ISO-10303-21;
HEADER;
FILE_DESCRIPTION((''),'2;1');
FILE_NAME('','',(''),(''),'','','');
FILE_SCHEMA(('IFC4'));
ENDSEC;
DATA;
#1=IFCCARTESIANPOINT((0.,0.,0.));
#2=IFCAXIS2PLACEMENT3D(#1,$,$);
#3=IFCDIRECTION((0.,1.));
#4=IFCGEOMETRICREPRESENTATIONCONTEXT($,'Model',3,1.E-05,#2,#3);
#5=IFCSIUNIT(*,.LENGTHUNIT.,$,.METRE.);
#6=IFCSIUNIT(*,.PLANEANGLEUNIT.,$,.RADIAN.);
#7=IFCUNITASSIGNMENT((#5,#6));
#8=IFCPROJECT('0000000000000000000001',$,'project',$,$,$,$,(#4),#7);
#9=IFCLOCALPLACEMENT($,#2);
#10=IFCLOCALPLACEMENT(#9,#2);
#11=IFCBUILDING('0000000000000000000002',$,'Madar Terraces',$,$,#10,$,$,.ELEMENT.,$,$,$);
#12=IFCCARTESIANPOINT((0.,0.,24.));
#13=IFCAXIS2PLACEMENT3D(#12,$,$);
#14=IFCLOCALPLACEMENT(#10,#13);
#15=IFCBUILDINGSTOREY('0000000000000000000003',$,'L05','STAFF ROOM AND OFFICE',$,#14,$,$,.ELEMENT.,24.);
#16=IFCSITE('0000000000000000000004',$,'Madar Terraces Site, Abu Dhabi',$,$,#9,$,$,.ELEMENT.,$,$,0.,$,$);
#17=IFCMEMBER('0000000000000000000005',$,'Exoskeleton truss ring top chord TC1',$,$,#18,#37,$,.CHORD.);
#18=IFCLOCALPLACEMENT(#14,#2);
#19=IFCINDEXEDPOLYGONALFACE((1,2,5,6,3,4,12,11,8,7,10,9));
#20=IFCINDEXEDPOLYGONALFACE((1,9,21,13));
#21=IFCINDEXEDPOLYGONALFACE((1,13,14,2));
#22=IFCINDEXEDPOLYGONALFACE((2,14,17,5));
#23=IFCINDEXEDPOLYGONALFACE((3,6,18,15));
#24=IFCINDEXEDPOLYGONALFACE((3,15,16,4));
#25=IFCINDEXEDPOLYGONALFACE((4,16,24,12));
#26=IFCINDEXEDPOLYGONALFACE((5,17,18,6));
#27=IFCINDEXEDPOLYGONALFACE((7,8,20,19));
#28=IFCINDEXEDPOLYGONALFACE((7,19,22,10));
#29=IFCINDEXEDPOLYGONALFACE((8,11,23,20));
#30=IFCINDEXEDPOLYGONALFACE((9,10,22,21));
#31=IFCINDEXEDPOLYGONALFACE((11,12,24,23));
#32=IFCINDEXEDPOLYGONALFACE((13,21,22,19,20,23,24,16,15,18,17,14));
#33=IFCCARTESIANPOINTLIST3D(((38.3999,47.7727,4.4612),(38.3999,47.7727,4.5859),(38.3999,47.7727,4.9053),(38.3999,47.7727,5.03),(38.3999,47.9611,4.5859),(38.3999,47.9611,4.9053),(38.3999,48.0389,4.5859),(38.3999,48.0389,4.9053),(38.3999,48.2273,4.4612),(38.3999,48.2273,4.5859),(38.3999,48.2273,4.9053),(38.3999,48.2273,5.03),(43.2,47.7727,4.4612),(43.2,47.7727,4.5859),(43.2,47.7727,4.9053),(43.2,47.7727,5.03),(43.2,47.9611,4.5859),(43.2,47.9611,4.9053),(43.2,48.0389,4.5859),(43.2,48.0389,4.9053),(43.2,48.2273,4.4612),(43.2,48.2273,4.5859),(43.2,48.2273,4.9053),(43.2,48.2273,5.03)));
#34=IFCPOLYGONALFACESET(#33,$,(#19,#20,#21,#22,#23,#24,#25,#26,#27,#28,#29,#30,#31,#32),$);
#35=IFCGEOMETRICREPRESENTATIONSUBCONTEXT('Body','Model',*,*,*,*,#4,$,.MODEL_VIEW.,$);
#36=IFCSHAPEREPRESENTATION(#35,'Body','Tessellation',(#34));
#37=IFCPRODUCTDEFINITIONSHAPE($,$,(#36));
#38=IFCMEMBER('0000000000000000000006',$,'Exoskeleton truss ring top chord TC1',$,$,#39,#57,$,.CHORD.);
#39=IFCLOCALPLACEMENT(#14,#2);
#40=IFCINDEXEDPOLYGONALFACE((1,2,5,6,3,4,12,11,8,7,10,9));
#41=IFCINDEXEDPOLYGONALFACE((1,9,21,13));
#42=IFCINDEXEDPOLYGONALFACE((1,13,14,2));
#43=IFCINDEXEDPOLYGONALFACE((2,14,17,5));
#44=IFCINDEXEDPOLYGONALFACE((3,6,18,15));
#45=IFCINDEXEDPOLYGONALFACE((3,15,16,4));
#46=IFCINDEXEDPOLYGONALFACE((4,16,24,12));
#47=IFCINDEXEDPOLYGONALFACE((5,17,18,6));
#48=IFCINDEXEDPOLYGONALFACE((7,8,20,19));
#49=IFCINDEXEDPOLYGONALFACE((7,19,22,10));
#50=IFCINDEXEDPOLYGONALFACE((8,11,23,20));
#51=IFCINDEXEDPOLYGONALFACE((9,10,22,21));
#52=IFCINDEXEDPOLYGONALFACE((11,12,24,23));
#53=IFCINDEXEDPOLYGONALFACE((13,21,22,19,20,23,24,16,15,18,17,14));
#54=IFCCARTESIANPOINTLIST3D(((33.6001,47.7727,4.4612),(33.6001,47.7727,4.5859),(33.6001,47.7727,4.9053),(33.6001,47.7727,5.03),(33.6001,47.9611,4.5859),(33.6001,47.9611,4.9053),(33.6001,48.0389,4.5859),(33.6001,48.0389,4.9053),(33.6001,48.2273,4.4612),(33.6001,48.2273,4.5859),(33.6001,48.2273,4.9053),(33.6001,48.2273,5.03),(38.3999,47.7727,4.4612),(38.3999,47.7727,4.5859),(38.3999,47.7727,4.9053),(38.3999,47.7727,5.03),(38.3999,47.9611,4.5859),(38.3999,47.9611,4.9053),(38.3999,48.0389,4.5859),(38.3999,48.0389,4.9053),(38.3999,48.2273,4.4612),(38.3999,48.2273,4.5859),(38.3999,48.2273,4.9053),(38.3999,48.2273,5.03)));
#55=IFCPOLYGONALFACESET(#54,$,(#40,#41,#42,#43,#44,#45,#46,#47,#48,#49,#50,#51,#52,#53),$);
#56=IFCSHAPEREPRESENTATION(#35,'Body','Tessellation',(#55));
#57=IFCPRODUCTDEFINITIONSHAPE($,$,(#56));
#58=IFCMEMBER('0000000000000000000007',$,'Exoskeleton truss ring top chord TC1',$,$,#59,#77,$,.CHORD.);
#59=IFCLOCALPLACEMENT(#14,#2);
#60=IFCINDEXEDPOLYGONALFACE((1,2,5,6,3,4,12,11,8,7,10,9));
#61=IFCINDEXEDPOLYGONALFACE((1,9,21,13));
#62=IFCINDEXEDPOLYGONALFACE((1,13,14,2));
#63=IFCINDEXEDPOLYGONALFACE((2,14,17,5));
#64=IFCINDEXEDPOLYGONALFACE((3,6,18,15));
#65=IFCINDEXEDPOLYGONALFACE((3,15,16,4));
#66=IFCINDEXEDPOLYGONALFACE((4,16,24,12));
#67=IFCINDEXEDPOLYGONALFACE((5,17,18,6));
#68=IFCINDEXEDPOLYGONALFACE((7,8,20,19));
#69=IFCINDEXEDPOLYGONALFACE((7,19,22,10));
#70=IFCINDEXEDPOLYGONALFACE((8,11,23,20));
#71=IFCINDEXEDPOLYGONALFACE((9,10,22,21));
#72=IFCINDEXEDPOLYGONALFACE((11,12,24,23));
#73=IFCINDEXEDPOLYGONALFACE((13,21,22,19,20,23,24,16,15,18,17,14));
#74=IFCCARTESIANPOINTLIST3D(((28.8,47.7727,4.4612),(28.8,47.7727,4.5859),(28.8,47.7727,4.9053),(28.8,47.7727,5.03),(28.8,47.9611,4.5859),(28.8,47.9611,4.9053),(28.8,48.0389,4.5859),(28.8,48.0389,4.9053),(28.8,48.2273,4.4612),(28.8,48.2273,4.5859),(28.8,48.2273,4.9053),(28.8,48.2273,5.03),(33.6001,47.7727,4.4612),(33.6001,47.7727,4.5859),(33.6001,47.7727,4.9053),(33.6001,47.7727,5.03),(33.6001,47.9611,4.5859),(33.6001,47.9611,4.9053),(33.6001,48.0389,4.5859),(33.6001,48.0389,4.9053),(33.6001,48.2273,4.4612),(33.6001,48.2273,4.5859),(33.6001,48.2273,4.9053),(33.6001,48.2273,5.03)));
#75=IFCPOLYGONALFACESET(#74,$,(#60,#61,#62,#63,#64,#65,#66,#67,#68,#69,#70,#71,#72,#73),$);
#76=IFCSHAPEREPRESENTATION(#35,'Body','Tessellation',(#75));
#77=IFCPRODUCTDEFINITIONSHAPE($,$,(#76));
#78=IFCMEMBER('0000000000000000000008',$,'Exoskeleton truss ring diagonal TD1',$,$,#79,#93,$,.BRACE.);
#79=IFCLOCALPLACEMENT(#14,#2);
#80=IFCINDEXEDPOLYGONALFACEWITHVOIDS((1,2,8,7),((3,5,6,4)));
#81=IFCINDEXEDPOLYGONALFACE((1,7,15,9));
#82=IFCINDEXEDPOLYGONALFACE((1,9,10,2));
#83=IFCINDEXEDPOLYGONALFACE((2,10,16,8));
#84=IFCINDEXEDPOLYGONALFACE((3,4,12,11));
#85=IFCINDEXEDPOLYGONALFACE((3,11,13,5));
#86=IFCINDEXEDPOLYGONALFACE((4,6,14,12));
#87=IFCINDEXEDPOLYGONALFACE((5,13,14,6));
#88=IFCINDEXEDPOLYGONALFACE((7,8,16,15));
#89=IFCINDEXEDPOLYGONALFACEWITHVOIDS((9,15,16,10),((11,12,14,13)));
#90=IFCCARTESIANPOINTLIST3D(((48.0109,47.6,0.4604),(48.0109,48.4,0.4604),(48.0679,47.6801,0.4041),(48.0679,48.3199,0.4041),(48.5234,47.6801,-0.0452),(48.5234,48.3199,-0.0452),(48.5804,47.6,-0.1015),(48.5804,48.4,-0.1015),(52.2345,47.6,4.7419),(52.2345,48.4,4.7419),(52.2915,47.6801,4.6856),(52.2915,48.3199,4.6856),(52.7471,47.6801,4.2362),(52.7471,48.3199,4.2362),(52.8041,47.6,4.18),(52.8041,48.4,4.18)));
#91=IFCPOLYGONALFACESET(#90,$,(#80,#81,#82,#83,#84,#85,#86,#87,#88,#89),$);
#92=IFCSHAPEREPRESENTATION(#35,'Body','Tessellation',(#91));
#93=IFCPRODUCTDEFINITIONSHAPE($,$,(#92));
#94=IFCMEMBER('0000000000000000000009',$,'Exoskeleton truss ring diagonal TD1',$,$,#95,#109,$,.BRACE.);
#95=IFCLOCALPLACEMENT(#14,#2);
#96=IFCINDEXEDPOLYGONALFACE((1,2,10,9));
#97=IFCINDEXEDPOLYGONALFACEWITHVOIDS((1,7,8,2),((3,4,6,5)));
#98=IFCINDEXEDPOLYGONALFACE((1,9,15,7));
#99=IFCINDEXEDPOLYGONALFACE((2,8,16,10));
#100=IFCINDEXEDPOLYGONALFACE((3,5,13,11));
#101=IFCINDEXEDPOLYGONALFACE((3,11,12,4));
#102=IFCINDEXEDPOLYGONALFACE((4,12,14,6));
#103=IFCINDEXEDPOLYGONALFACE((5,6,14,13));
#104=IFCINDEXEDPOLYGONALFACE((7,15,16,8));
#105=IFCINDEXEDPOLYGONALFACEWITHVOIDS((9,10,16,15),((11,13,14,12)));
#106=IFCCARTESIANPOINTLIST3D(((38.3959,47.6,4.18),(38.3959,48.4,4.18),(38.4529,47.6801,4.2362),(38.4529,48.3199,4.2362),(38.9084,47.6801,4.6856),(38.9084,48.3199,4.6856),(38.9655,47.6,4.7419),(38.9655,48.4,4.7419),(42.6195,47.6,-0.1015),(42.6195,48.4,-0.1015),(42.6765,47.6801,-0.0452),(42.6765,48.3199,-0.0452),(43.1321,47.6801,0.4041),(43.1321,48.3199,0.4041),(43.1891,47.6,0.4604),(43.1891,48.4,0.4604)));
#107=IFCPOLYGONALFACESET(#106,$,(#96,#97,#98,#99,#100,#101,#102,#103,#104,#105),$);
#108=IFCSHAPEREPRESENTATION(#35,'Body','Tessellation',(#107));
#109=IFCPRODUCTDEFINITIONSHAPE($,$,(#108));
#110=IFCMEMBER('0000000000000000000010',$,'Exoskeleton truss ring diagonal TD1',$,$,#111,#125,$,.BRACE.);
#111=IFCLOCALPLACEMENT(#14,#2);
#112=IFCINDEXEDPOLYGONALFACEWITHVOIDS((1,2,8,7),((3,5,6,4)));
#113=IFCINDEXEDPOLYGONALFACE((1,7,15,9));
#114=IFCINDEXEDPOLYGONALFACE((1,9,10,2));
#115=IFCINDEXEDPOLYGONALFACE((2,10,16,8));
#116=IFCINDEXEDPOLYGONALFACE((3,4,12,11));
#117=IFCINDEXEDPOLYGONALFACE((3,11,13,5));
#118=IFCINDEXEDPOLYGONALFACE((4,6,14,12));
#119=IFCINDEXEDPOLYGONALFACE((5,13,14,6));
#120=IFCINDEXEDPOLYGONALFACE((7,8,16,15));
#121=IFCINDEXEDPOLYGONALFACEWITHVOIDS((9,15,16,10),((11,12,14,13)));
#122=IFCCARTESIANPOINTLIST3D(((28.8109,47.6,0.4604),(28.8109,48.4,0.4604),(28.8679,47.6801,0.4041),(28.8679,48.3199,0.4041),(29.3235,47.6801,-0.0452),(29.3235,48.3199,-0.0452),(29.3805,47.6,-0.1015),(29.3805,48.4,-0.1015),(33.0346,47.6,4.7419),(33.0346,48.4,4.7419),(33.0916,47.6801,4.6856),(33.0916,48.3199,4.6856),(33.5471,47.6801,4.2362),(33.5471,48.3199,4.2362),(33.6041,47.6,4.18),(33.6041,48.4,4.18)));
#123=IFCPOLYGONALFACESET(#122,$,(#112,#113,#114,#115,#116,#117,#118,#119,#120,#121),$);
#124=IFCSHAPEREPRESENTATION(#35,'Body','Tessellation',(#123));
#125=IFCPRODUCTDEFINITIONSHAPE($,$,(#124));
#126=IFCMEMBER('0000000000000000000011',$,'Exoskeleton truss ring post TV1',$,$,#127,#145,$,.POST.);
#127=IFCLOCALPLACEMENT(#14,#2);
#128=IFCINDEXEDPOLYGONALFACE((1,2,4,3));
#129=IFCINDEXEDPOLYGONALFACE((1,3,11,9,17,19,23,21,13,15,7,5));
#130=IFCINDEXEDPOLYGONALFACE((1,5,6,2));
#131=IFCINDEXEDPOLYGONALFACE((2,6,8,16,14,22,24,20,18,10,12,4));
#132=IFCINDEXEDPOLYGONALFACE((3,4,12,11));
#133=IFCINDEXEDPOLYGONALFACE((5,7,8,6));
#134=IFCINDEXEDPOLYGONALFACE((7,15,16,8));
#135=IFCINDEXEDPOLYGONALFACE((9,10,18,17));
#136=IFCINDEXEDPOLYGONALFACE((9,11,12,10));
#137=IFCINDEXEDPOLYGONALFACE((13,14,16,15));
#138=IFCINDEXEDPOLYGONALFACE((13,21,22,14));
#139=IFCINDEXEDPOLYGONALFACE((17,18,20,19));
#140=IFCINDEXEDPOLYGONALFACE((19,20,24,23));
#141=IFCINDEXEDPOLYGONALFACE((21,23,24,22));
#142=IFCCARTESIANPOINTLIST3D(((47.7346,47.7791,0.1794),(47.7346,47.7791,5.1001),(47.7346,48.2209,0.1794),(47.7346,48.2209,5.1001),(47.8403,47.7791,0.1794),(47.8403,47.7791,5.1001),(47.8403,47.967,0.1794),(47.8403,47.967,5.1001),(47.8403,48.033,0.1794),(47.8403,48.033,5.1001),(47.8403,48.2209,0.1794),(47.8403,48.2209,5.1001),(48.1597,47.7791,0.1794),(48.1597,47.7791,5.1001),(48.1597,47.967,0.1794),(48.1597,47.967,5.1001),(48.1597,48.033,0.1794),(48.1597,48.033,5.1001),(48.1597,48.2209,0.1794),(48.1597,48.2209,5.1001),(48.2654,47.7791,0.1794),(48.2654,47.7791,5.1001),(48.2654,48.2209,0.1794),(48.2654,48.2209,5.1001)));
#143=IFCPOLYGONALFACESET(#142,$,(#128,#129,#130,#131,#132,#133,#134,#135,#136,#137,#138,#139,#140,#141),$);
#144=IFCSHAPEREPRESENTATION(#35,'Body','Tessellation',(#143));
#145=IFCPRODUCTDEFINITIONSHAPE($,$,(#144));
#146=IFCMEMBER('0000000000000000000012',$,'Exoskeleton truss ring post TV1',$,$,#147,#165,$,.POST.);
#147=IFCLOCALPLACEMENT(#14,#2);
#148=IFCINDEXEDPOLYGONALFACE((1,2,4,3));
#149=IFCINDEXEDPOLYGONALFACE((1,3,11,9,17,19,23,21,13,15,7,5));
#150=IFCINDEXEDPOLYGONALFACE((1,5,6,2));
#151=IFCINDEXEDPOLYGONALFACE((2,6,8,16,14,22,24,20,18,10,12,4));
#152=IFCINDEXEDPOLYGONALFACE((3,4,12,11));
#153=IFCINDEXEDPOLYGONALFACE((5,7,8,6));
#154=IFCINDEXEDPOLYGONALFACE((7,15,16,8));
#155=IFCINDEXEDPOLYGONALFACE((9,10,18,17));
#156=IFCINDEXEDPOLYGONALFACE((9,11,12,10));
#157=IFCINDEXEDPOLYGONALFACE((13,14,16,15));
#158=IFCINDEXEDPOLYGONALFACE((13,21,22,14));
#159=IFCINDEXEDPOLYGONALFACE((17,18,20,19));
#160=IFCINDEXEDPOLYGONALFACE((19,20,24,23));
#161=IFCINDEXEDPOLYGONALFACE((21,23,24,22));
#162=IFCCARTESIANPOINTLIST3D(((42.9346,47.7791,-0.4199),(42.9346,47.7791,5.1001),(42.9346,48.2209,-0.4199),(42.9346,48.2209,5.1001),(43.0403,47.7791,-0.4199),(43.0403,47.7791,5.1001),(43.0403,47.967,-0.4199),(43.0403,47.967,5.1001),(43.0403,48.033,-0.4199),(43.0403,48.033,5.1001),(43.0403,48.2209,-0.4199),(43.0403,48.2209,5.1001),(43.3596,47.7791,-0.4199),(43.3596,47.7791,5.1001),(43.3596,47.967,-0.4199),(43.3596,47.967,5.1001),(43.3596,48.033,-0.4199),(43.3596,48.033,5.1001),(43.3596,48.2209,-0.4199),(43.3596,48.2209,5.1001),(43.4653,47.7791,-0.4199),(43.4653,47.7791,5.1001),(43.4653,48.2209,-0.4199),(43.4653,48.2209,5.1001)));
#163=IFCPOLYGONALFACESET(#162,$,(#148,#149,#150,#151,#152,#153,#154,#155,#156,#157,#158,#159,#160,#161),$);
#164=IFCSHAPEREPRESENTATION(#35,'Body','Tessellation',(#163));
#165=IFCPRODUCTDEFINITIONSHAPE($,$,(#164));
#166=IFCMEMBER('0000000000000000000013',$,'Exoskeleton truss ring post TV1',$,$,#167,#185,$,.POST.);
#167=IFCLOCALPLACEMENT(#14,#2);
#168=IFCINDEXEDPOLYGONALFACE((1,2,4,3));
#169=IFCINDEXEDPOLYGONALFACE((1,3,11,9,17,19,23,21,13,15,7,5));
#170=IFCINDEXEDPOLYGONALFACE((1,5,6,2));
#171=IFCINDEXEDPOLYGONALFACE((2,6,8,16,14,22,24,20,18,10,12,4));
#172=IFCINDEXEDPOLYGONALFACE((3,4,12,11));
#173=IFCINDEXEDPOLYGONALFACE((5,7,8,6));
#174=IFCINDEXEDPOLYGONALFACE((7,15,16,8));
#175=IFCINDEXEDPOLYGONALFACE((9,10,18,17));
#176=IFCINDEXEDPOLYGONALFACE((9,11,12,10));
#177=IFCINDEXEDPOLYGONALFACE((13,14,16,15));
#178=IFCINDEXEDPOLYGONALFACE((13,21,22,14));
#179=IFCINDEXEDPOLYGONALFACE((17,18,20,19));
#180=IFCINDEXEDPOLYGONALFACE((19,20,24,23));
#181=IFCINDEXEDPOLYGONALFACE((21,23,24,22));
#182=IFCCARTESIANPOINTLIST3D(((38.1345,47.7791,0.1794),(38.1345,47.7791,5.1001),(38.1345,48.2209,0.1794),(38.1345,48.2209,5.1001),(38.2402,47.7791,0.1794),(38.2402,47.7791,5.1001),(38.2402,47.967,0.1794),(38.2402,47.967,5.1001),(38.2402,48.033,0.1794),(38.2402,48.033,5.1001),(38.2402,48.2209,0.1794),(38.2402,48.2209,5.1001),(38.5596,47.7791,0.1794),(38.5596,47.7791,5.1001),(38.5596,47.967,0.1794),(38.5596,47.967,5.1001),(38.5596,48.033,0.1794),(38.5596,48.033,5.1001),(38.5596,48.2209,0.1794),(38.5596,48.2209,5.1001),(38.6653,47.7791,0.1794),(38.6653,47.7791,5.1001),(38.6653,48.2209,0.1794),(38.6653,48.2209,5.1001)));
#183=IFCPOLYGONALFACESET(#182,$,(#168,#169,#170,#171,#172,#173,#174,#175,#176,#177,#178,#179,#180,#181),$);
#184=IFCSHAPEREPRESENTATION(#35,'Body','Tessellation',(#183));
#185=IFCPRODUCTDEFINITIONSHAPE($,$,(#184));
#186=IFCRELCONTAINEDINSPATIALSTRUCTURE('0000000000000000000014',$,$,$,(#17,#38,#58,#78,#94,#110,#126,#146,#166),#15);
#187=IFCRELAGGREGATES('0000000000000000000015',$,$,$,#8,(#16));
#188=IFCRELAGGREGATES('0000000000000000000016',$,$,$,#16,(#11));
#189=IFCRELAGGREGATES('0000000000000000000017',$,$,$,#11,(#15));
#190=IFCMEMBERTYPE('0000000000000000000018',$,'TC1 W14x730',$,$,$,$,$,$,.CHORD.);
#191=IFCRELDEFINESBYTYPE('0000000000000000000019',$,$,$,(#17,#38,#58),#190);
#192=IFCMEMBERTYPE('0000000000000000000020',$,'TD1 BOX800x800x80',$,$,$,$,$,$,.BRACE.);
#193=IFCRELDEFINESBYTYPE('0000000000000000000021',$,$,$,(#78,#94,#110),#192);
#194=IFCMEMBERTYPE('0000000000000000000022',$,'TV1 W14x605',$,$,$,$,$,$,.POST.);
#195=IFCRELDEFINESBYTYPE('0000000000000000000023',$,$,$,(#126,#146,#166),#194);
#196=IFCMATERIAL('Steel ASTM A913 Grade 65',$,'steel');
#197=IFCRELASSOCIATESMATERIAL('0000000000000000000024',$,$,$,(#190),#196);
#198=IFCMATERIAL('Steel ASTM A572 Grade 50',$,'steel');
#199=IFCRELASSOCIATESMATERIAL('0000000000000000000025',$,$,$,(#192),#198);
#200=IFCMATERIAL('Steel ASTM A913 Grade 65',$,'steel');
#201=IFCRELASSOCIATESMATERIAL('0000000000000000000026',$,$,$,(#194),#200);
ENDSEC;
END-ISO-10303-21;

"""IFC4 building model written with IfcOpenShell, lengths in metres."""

from ifc_helpers import new_model, si_unit, direction, frame, origin, origin_2d, place, context, subcontext, project, spatial, hollow_rectangle, i_section, extrude, material, material_profile, profile_set, type_object, element, save


model = new_model("IFC4")

# Units and contexts
model_context = context("Model", 3, precision=1e-05, world=origin(), true_north=direction((0.0, 1.0)))
body_context = subcontext(model_context, "Body", "Model", "MODEL_VIEW")
ifc_project = project(units=[si_unit("LENGTHUNIT", "METRE"), si_unit("PLANEANGLEUNIT", "RADIAN")], contexts=[model_context])

# Site, building, storey
site_placement = place(None, origin())
site = spatial("IfcSite", under=ifc_project, at=site_placement, Name="Madar Terraces Site, Abu Dhabi", CompositionType="ELEMENT", RefElevation=0.0)
building_placement = place(site_placement, origin())
building = spatial("IfcBuilding", under=site, at=building_placement, Name="Madar Terraces", CompositionType="ELEMENT")
storey_placement = place(building_placement, frame((0.0, 0.0, 24.0)))
storey = spatial("IfcBuildingStorey", under=building, at=storey_placement, Name="L05", Description="STAFF ROOM AND OFFICE", CompositionType="ELEMENT", Elevation=24.0)

# Members
ifc_material_1 = material(Name="Steel ASTM A913 Grade 65", Category="steel")
ifc_material_profile_1 = material_profile(ifc_material_1, i_section(OverallWidth=0.4546, OverallDepth=0.5688, WebThickness=0.0779, FlangeThickness=0.1248, at=origin_2d()), Name="W14x730")
ifc_profile_set_1 = profile_set([ifc_material_profile_1], Name="Steel ASTM A913 Grade 65")
member_type_1 = type_object("IfcMemberType", Name="TC1 W14x730", PredefinedType="CHORD", material=ifc_profile_set_1)
for number, where, z_axis, x_axis, name in (
    (1, (43.2, 48.0, 4.7456), (-1.0, 0.0, 0.0), (0.0, -1.0, 0.0), "Exoskeleton truss ring top chord TC1"),
):
    element("IfcMember", number, at=place(storey_placement, frame(where, z_axis=z_axis, x_axis=x_axis)), inside=storey, type_object=member_type_1, Name=name, PredefinedType="CHORD", context=body_context, shape_type="SweptSolid", body=[
        extrude(i_section(OverallWidth=0.4546, OverallDepth=0.5688, WebThickness=0.0779, FlangeThickness=0.1248, at=origin_2d()), origin(), (0.0, 0.0, 1.0), 4.8),
    ])
member_1_placement = place(storey_placement, frame((38.3999, 48.0, 4.7456), z_axis=(-1.0, 0.0, 0.0), x_axis=(0.0, -1.0, 0.0)))
element("IfcMember", 2, at=member_1_placement, inside=storey, type_object=member_type_1, Name="Exoskeleton truss ring top chord TC1", PredefinedType="CHORD", context=body_context, shape_type="SweptSolid", body=[
    extrude(i_section(OverallWidth=0.4546, OverallDepth=0.5688, WebThickness=0.0779, FlangeThickness=0.1248, at=origin_2d()), origin(), (0.0, 0.0, 1.0), 4.7998),
])
member_2_placement = place(storey_placement, frame((33.6001, 48.0, 4.7456), z_axis=(-1.0, 0.0, 0.0), x_axis=(0.0, -1.0, 0.0)))
element("IfcMember", 3, at=member_2_placement, inside=storey, type_object=member_type_1, Name="Exoskeleton truss ring top chord TC1", PredefinedType="CHORD", context=body_context, shape_type="SweptSolid", body=[
    extrude(i_section(OverallWidth=0.4546, OverallDepth=0.5688, WebThickness=0.0779, FlangeThickness=0.1248, at=origin_2d()), origin(), (0.0, 0.0, 1.0), 4.8),
])
ifc_material_2 = material(Name="Steel ASTM A572 Grade 50", Category="steel")
ifc_material_profile_2 = material_profile(ifc_material_2, hollow_rectangle(XDim=0.8, YDim=0.8, WallThickness=0.0801, at=origin_2d()), Name="BOX800x800x80")
ifc_profile_set_2 = profile_set([ifc_material_profile_2], Name="Steel ASTM A572 Grade 50")
member_type_2 = type_object("IfcMemberType", Name="TD1 BOX800x800x80", PredefinedType="BRACE", material=ifc_profile_set_2)
for number, where, z_axis, x_axis, name in (
    (4, (52.5193, 48.0, 4.4609), (-0.70228, 0.0, -0.711901), (0.0, -1.0, 0.0), "Exoskeleton truss ring diagonal TD1"),
    (5, (42.9043, 48.0, 0.1794), (-0.70228, 0.0, 0.711901), (0.0, -1.0, 0.0), "Exoskeleton truss ring diagonal TD1"),
    (6, (33.3193, 48.0, 4.4609), (-0.70228, 0.0, -0.711901), (0.0, -1.0, 0.0), "Exoskeleton truss ring diagonal TD1"),
):
    element("IfcMember", number, at=place(storey_placement, frame(where, z_axis=z_axis, x_axis=x_axis)), inside=storey, type_object=member_type_2, Name=name, PredefinedType="BRACE", context=body_context, shape_type="SweptSolid", body=[
        extrude(hollow_rectangle(XDim=0.8, YDim=0.8, WallThickness=0.0801, at=origin_2d()), origin(), (0.0, 0.0, 1.0), 6.0142),
    ])
ifc_material_3 = material(Name="Steel ASTM A913 Grade 65", Category="steel")
ifc_material_profile_3 = material_profile(ifc_material_3, i_section(OverallWidth=0.4419, OverallDepth=0.5308, WebThickness=0.0659, FlangeThickness=0.1057, at=origin_2d()), Name="W14x605")
ifc_profile_set_3 = profile_set([ifc_material_profile_3], Name="Steel ASTM A913 Grade 65")
member_type_3 = type_object("IfcMemberType", Name="TV1 W14x605", PredefinedType="POST", material=ifc_profile_set_3)
member_3_placement = place(storey_placement, frame((48.0, 48.0, 0.1794), z_axis=(0.0, 0.0, 1.0), x_axis=(0.0, -1.0, 0.0)))
element("IfcMember", 7, at=member_3_placement, inside=storey, type_object=member_type_3, Name="Exoskeleton truss ring post TV1", PredefinedType="POST", context=body_context, shape_type="SweptSolid", body=[
    extrude(i_section(OverallWidth=0.4419, OverallDepth=0.5308, WebThickness=0.0659, FlangeThickness=0.1057, at=origin_2d()), origin(), (0.0, 0.0, 1.0), 4.9207),
])
member_4_placement = place(storey_placement, frame((43.2, 48.0, -0.4199), z_axis=(0.0, 0.0, 1.0), x_axis=(0.0, -1.0, 0.0)))
element("IfcMember", 8, at=member_4_placement, inside=storey, type_object=member_type_3, Name="Exoskeleton truss ring post TV1", PredefinedType="POST", context=body_context, shape_type="SweptSolid", body=[
    extrude(i_section(OverallWidth=0.4419, OverallDepth=0.5308, WebThickness=0.0659, FlangeThickness=0.1057, at=origin_2d()), origin(), (0.0, 0.0, 1.0), 5.52),
])
member_5_placement = place(storey_placement, frame((38.3999, 48.0, 0.1794), z_axis=(0.0, 0.0, 1.0), x_axis=(0.0, -1.0, 0.0)))
element("IfcMember", 9, at=member_5_placement, inside=storey, type_object=member_type_3, Name="Exoskeleton truss ring post TV1", PredefinedType="POST", context=body_context, shape_type="SweptSolid", body=[
    extrude(i_section(OverallWidth=0.4419, OverallDepth=0.5308, WebThickness=0.0659, FlangeThickness=0.1057, at=origin_2d()), origin(), (0.0, 0.0, 1.0), 4.9207),
])

save(model, "model.ifc")
